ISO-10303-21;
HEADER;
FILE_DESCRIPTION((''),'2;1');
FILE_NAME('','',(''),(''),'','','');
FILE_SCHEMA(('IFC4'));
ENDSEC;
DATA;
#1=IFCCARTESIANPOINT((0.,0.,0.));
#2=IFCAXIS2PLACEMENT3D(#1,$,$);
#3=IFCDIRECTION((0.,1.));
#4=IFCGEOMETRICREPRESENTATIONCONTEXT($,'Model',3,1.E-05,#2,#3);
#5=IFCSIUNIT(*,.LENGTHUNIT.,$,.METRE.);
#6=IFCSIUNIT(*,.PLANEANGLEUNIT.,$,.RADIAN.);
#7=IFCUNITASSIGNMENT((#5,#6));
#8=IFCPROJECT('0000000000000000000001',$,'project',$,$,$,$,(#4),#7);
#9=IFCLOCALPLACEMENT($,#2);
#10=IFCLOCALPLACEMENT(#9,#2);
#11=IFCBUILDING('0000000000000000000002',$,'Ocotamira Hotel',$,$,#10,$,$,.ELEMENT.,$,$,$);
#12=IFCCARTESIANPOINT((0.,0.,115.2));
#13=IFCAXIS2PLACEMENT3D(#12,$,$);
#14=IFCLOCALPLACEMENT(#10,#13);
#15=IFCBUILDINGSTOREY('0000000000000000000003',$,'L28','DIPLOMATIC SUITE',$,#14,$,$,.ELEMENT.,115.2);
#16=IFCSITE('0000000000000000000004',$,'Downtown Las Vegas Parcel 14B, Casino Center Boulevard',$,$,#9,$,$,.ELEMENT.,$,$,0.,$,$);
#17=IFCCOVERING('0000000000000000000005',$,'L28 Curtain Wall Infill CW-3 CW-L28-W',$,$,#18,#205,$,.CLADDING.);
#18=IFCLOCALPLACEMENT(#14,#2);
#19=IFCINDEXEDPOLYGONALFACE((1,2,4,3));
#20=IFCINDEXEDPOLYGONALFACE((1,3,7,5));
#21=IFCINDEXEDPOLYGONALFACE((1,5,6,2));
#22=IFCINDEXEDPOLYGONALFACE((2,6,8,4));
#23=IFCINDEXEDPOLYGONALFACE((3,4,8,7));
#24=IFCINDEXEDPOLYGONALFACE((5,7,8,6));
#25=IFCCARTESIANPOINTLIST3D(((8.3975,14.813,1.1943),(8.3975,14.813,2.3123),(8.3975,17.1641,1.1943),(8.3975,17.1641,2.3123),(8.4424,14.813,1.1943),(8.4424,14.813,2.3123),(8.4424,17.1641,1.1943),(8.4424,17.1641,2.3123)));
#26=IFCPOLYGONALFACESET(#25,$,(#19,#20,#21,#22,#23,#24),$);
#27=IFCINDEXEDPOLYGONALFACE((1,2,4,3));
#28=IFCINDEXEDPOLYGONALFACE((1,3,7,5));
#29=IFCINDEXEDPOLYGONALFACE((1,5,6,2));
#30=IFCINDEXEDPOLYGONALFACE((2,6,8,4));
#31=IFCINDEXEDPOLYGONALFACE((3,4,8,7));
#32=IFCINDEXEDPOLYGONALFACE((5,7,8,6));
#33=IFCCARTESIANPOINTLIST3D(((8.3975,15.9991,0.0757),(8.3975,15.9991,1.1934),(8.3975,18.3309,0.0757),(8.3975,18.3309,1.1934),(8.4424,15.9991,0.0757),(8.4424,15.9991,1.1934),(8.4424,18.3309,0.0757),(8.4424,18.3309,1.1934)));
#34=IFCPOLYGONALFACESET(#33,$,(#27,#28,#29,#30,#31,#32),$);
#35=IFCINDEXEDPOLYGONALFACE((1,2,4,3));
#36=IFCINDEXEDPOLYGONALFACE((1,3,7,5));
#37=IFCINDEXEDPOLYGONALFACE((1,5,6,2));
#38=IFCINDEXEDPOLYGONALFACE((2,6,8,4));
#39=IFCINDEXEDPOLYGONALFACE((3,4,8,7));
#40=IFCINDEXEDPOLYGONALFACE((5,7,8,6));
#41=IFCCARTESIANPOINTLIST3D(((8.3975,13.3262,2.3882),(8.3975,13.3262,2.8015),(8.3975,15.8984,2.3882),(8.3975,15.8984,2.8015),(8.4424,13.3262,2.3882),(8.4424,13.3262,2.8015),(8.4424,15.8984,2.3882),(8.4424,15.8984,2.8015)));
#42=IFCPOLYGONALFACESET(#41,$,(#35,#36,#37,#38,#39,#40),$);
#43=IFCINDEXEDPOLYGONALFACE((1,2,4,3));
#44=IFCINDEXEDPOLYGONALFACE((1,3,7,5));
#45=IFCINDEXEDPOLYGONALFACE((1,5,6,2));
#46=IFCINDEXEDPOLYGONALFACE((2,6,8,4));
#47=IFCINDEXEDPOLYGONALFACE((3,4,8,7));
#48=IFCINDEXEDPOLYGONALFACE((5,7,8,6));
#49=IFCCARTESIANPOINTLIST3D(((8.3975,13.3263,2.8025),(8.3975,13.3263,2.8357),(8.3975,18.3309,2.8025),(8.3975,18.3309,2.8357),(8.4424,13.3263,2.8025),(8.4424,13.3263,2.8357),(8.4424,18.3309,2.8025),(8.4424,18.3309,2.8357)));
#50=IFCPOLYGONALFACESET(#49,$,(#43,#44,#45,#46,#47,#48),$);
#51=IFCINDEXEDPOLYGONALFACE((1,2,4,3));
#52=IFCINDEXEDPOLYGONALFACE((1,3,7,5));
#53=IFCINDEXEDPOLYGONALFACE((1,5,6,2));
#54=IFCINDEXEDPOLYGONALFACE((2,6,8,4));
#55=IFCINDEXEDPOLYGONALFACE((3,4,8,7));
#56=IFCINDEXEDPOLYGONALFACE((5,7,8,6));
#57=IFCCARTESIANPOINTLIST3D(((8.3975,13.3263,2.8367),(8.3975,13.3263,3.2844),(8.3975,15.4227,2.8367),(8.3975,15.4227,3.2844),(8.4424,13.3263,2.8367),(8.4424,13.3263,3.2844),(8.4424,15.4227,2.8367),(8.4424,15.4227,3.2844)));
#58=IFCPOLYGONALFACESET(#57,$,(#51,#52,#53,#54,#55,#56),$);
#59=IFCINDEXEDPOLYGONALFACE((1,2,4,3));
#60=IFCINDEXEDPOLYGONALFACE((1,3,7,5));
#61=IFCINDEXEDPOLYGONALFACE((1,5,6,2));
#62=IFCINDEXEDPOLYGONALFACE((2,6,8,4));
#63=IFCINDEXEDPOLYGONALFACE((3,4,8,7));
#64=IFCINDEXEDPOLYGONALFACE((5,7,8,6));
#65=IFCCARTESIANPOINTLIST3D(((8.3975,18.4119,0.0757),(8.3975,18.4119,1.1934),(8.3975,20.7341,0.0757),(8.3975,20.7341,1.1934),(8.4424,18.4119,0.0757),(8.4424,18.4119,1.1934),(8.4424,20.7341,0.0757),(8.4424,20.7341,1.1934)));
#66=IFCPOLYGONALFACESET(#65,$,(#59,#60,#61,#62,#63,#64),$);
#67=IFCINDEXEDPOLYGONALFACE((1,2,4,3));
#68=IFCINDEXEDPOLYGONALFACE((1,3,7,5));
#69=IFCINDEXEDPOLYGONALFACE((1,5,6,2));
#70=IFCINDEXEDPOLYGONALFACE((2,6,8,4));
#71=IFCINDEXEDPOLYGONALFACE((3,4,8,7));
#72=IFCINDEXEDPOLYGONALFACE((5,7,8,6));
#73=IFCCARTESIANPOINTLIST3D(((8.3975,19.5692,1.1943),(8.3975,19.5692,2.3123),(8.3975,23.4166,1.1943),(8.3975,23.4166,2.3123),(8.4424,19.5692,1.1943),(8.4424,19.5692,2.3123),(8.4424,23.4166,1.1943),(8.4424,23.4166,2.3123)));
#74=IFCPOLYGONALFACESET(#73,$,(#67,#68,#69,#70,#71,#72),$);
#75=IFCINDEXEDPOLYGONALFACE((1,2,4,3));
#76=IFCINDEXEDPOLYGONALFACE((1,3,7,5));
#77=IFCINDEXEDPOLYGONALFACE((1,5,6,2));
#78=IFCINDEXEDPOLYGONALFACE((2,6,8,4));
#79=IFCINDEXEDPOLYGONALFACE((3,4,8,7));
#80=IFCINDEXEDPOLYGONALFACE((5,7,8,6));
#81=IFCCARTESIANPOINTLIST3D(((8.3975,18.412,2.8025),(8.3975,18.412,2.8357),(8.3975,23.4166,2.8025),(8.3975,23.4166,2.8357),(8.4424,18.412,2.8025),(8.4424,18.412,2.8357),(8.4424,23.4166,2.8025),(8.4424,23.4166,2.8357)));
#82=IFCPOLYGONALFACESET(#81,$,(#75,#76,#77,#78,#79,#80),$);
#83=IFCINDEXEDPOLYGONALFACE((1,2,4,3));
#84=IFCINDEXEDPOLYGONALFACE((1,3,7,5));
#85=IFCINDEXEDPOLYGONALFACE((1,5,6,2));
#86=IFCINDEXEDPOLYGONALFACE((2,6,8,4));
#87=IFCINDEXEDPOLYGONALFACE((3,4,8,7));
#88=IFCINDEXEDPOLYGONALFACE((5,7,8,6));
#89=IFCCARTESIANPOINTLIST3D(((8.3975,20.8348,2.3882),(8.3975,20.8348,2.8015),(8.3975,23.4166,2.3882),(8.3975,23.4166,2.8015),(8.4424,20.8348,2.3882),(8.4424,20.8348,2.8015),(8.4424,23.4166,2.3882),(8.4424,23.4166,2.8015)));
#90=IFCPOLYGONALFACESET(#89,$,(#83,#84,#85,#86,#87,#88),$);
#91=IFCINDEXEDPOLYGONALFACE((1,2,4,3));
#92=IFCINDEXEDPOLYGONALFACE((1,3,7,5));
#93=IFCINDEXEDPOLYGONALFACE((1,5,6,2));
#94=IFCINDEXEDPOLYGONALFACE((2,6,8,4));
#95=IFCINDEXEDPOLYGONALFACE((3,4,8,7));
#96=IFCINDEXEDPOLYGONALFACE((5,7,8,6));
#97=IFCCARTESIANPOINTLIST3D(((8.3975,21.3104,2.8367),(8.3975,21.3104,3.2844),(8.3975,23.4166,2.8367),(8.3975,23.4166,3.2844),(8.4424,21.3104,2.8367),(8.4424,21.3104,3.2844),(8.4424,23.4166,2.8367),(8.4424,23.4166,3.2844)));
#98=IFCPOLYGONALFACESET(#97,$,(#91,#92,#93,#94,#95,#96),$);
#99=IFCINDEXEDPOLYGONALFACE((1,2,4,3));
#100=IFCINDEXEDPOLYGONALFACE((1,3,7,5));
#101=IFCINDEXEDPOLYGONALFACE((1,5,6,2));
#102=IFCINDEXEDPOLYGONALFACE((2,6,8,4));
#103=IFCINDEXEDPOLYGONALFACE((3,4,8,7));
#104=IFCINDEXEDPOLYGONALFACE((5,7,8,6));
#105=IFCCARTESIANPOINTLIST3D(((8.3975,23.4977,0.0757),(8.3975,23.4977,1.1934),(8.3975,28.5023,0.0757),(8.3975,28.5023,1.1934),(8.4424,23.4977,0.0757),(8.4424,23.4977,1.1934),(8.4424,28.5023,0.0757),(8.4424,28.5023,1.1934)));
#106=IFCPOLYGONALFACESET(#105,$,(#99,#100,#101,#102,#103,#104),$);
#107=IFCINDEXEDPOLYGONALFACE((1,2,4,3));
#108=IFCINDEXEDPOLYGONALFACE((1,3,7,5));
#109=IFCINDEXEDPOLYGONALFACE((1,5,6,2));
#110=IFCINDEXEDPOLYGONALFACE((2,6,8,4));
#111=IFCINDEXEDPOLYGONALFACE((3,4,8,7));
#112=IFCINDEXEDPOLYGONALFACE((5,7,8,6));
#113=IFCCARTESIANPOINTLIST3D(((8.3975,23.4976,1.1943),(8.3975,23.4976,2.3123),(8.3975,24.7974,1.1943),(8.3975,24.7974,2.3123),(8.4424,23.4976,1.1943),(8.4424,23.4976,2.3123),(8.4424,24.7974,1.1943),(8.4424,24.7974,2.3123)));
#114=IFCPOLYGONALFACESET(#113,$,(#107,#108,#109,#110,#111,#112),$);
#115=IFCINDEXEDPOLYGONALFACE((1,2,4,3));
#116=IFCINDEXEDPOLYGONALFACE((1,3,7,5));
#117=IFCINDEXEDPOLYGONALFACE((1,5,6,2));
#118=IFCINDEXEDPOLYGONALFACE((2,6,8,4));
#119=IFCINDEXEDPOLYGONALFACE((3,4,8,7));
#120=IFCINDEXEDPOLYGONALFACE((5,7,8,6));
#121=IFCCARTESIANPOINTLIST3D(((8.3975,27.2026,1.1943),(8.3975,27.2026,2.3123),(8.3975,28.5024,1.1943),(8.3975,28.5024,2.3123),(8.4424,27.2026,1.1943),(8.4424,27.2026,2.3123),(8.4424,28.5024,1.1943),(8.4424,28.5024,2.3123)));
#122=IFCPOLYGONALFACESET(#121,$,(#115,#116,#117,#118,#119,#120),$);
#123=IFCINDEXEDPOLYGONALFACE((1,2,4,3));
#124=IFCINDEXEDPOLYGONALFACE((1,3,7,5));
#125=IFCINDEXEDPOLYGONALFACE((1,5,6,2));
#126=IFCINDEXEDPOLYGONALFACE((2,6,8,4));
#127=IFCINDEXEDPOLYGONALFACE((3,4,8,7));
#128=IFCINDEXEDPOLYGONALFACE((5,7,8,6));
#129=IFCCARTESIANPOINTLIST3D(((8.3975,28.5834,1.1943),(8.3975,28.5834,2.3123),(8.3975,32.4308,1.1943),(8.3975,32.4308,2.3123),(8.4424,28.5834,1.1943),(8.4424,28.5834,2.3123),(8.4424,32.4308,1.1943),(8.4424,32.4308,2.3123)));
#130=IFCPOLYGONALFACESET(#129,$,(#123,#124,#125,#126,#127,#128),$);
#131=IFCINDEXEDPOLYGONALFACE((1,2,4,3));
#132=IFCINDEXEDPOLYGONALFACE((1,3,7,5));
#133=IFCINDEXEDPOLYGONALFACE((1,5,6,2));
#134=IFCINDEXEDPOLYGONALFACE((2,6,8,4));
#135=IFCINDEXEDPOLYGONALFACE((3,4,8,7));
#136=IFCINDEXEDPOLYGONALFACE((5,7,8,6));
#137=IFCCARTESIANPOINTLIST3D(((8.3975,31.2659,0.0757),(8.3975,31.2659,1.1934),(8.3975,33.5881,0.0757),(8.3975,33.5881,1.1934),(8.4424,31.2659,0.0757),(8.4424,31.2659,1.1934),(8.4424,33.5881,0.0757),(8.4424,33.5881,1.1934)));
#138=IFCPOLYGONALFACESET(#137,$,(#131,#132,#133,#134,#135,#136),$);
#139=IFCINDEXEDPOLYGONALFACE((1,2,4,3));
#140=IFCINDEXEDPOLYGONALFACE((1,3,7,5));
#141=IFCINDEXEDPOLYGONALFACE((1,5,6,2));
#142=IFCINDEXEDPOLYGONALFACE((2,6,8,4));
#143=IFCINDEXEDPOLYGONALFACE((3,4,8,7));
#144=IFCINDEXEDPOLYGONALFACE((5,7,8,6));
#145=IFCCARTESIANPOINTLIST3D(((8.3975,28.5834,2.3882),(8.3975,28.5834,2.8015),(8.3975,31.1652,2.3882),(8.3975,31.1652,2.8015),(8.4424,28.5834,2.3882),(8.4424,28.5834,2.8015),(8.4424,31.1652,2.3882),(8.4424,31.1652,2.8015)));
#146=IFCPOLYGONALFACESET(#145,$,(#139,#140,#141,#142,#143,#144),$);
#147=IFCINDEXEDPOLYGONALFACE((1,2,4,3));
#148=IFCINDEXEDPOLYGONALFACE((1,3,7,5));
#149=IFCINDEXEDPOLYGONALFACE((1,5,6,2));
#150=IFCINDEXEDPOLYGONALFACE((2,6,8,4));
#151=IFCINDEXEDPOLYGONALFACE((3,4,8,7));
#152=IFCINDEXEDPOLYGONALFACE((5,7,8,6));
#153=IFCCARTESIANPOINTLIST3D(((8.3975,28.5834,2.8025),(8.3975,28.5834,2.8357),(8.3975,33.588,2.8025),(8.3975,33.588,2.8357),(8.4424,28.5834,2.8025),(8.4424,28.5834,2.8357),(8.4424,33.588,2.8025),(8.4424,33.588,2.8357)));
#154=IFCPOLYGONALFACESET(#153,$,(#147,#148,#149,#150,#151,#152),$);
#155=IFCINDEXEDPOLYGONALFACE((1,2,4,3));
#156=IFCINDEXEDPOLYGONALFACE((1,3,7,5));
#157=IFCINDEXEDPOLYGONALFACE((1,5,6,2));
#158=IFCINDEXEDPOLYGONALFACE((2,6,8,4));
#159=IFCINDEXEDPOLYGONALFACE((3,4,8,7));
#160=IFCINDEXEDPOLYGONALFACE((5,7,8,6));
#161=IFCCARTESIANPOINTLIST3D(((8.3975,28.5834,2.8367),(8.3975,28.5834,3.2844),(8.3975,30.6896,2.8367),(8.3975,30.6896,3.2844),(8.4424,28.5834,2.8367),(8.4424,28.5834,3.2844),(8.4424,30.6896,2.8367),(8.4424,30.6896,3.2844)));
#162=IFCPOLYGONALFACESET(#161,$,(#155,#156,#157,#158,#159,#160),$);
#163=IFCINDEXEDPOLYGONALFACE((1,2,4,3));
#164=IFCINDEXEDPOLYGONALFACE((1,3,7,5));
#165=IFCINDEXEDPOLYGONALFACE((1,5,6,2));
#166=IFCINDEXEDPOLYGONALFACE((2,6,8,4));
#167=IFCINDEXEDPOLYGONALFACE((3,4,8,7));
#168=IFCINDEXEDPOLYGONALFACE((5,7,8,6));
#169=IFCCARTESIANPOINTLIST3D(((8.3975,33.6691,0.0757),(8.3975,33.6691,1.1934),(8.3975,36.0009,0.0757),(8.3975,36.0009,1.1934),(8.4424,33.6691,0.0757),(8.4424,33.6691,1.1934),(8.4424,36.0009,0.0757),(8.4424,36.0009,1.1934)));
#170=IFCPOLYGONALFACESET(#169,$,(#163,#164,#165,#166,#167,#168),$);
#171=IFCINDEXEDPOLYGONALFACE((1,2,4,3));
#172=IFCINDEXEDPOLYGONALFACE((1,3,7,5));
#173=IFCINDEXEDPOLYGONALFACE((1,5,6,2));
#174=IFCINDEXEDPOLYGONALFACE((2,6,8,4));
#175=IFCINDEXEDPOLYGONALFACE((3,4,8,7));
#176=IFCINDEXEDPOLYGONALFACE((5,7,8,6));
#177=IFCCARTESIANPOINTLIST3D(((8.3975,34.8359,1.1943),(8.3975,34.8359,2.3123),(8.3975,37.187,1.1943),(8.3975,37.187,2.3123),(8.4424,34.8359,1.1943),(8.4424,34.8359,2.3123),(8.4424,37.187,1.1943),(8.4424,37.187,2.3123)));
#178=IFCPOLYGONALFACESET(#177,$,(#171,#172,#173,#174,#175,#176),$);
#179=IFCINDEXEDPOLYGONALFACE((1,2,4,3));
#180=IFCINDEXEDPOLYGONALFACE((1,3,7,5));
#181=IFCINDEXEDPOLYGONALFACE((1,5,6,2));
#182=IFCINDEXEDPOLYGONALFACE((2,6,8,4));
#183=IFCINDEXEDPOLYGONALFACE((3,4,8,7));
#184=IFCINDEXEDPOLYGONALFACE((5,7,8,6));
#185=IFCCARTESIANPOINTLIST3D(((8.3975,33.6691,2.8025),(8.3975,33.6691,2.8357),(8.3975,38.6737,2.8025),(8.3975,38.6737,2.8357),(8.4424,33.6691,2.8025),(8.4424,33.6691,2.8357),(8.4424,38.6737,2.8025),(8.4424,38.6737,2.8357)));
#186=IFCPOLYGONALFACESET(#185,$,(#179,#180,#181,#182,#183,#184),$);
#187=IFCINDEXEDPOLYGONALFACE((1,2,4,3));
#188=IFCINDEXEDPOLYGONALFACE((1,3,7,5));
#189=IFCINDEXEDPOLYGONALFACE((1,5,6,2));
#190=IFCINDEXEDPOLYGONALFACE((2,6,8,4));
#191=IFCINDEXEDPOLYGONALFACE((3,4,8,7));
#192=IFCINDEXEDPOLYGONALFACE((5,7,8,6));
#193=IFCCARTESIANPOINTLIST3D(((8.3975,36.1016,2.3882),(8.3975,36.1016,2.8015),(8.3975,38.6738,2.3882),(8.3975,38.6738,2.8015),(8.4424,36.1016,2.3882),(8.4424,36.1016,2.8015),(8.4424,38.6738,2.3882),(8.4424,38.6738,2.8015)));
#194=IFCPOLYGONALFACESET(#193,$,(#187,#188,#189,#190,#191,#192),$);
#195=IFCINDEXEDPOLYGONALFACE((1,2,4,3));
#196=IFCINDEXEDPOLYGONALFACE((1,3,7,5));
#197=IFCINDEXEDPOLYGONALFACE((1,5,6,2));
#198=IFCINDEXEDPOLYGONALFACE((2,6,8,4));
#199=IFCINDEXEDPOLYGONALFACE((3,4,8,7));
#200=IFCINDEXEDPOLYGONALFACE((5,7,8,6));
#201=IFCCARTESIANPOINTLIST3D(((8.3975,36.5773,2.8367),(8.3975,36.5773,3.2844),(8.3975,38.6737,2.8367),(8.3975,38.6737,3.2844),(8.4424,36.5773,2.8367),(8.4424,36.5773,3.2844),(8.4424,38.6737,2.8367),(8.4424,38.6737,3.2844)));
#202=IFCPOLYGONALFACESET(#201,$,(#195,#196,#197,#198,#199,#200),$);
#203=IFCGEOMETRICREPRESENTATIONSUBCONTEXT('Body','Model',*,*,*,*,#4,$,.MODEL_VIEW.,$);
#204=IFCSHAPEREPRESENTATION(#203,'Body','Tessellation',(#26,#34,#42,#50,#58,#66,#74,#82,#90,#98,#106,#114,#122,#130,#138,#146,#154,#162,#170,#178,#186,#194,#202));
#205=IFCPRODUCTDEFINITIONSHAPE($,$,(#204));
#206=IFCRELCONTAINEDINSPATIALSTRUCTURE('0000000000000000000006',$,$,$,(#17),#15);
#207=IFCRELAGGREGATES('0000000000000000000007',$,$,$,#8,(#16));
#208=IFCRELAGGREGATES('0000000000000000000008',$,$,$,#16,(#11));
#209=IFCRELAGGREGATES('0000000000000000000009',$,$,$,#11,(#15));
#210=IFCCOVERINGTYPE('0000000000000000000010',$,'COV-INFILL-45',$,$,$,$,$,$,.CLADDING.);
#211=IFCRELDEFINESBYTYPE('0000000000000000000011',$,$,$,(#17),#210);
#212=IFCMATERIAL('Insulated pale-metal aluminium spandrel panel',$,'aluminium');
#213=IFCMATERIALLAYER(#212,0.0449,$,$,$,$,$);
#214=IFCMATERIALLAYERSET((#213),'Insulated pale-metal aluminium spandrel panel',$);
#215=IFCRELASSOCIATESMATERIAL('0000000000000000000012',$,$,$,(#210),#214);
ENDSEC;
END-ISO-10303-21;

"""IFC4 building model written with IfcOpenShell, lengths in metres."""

from ifc_helpers import new_model, si_unit, direction, frame, origin, origin_2d, place, context, subcontext, project, spatial, rectangle, extrude, material, layer, layer_set, type_object, element, save


model = new_model("IFC4")

# Units and contexts
model_context = context("Model", 3, precision=1e-05, world=origin(), true_north=direction((0.0, 1.0)))
body_context = subcontext(model_context, "Body", "Model", "MODEL_VIEW")
ifc_project = project(units=[si_unit("LENGTHUNIT", "METRE"), si_unit("PLANEANGLEUNIT", "RADIAN")], contexts=[model_context])

# Site, building, storey
site_placement = place(None, origin())
site = spatial("IfcSite", under=ifc_project, at=site_placement, Name="Downtown Las Vegas Parcel 14B, Casino Center Boulevard", CompositionType="ELEMENT", RefElevation=0.0)
building_placement = place(site_placement, origin())
building = spatial("IfcBuilding", under=site, at=building_placement, Name="Ocotamira Hotel", CompositionType="ELEMENT")
storey_placement = place(building_placement, frame((0.0, 0.0, 115.2)))
storey = spatial("IfcBuildingStorey", under=building, at=storey_placement, Name="L28", Description="DIPLOMATIC SUITE", CompositionType="ELEMENT", Elevation=115.2)

# Covering
ifc_material_1 = material(Name="Insulated pale-metal aluminium spandrel panel", Category="aluminium")
ifc_layer_1 = layer(ifc_material_1, 0.0449)
ifc_layer_set_1 = layer_set([ifc_layer_1], Name="Insulated pale-metal aluminium spandrel panel")
covering_type_1 = type_object("IfcCoveringType", Name="COV-INFILL-45", PredefinedType="CLADDING", material=ifc_layer_set_1)
covering_1_placement = place(storey_placement, origin())
element("IfcCovering", 1, at=covering_1_placement, inside=storey, type_object=covering_type_1, Name="L28 Curtain Wall Infill CW-3 CW-L28-W", PredefinedType="CLADDING", context=body_context, shape_type="SweptSolid", body=[
    extrude(rectangle(XDim=2.3511, YDim=0.0449, at=origin_2d()), frame((8.4199, 15.9885, 1.1943), z_axis=(0.0, 0.0, 1.0), x_axis=(0.0, 1.0, 0.0)), (0.0, 0.0, 1.0), 1.1179),
    extrude(rectangle(XDim=2.3318, YDim=0.0449, at=origin_2d()), frame((8.4199, 17.165, 0.0757), z_axis=(0.0, 0.0, 1.0), x_axis=(0.0, 1.0, 0.0)), (0.0, 0.0, 1.0), 1.1177),
    extrude(rectangle(XDim=2.5723, YDim=0.0449, at=origin_2d()), frame((8.4199, 14.6123, 2.3882), z_axis=(0.0, 0.0, 1.0), x_axis=(0.0, 1.0, 0.0)), (0.0, 0.0, 1.0), 0.4133),
    extrude(rectangle(XDim=5.0046, YDim=0.0449, at=origin_2d()), frame((8.4199, 15.8286, 2.8025), z_axis=(0.0, 0.0, 1.0), x_axis=(0.0, 1.0, 0.0)), (0.0, 0.0, 1.0), 0.0332),
    extrude(rectangle(XDim=2.0964, YDim=0.0449, at=origin_2d()), frame((8.4199, 14.3745, 2.8367), z_axis=(0.0, 0.0, 1.0), x_axis=(0.0, 1.0, 0.0)), (0.0, 0.0, 1.0), 0.4478),
    extrude(rectangle(XDim=2.3223, YDim=0.0449, at=origin_2d()), frame((8.4199, 19.573, 0.0757), z_axis=(0.0, 0.0, 1.0), x_axis=(0.0, 1.0, 0.0)), (0.0, 0.0, 1.0), 1.1177),
    extrude(rectangle(XDim=3.8474, YDim=0.0449, at=origin_2d()), frame((8.4199, 21.4929, 1.1943), z_axis=(0.0, 0.0, 1.0), x_axis=(0.0, 1.0, 0.0)), (0.0, 0.0, 1.0), 1.1179),
    extrude(rectangle(XDim=5.0046, YDim=0.0449, at=origin_2d()), frame((8.4199, 20.9143, 2.8025), z_axis=(0.0, 0.0, 1.0), x_axis=(0.0, 1.0, 0.0)), (0.0, 0.0, 1.0), 0.0332),
    extrude(rectangle(XDim=2.5818, YDim=0.0449, at=origin_2d()), frame((8.4199, 22.1257, 2.3882), z_axis=(0.0, 0.0, 1.0), x_axis=(0.0, 1.0, 0.0)), (0.0, 0.0, 1.0), 0.4133),
    extrude(rectangle(XDim=2.1062, YDim=0.0449, at=origin_2d()), frame((8.4199, 22.3635, 2.8367), z_axis=(0.0, 0.0, 1.0), x_axis=(0.0, 1.0, 0.0)), (0.0, 0.0, 1.0), 0.4478),
    extrude(rectangle(XDim=5.0046, YDim=0.0449, at=origin_2d()), frame((8.4199, 26.0, 0.0757), z_axis=(0.0, 0.0, 1.0), x_axis=(0.0, 1.0, 0.0)), (0.0, 0.0, 1.0), 1.1177),
    extrude(rectangle(XDim=1.2998, YDim=0.0449, at=origin_2d()), frame((8.4199, 24.1475, 1.1943), z_axis=(0.0, 0.0, 1.0), x_axis=(0.0, 1.0, 0.0)), (0.0, 0.0, 1.0), 1.1179),
    extrude(rectangle(XDim=1.2998, YDim=0.0449, at=origin_2d()), frame((8.4199, 27.8525, 1.1943), z_axis=(0.0, 0.0, 1.0), x_axis=(0.0, 1.0, 0.0)), (0.0, 0.0, 1.0), 1.1179),
    extrude(rectangle(XDim=3.8474, YDim=0.0449, at=origin_2d()), frame((8.4199, 30.5071, 1.1943), z_axis=(0.0, 0.0, 1.0), x_axis=(0.0, 1.0, 0.0)), (0.0, 0.0, 1.0), 1.1179),
    extrude(rectangle(XDim=2.3223, YDim=0.0449, at=origin_2d()), frame((8.4199, 32.427, 0.0757), z_axis=(0.0, 0.0, 1.0), x_axis=(0.0, 1.0, 0.0)), (0.0, 0.0, 1.0), 1.1177),
    extrude(rectangle(XDim=2.5818, YDim=0.0449, at=origin_2d()), frame((8.4199, 29.8743, 2.3882), z_axis=(0.0, 0.0, 1.0), x_axis=(0.0, 1.0, 0.0)), (0.0, 0.0, 1.0), 0.4133),
    extrude(rectangle(XDim=5.0046, YDim=0.0449, at=origin_2d()), frame((8.4199, 31.0857, 2.8025), z_axis=(0.0, 0.0, 1.0), x_axis=(0.0, 1.0, 0.0)), (0.0, 0.0, 1.0), 0.0332),
    extrude(rectangle(XDim=2.1062, YDim=0.0449, at=origin_2d()), frame((8.4199, 29.6365, 2.8367), z_axis=(0.0, 0.0, 1.0), x_axis=(0.0, 1.0, 0.0)), (0.0, 0.0, 1.0), 0.4478),
    extrude(rectangle(XDim=2.3318, YDim=0.0449, at=origin_2d()), frame((8.4199, 34.835, 0.0757), z_axis=(0.0, 0.0, 1.0), x_axis=(0.0, 1.0, 0.0)), (0.0, 0.0, 1.0), 1.1177),
    extrude(rectangle(XDim=2.3511, YDim=0.0449, at=origin_2d()), frame((8.4199, 36.0115, 1.1943), z_axis=(0.0, 0.0, 1.0), x_axis=(0.0, 1.0, 0.0)), (0.0, 0.0, 1.0), 1.1179),
    extrude(rectangle(XDim=5.0046, YDim=0.0449, at=origin_2d()), frame((8.4199, 36.1714, 2.8025), z_axis=(0.0, 0.0, 1.0), x_axis=(0.0, 1.0, 0.0)), (0.0, 0.0, 1.0), 0.0332),
    extrude(rectangle(XDim=2.5723, YDim=0.0449, at=origin_2d()), frame((8.4199, 37.3877, 2.3882), z_axis=(0.0, 0.0, 1.0), x_axis=(0.0, 1.0, 0.0)), (0.0, 0.0, 1.0), 0.4133),
    extrude(rectangle(XDim=2.0964, YDim=0.0449, at=origin_2d()), frame((8.4199, 37.6255, 2.8367), z_axis=(0.0, 0.0, 1.0), x_axis=(0.0, 1.0, 0.0)), (0.0, 0.0, 1.0), 0.4478),
])

save(model, "model.ifc")
